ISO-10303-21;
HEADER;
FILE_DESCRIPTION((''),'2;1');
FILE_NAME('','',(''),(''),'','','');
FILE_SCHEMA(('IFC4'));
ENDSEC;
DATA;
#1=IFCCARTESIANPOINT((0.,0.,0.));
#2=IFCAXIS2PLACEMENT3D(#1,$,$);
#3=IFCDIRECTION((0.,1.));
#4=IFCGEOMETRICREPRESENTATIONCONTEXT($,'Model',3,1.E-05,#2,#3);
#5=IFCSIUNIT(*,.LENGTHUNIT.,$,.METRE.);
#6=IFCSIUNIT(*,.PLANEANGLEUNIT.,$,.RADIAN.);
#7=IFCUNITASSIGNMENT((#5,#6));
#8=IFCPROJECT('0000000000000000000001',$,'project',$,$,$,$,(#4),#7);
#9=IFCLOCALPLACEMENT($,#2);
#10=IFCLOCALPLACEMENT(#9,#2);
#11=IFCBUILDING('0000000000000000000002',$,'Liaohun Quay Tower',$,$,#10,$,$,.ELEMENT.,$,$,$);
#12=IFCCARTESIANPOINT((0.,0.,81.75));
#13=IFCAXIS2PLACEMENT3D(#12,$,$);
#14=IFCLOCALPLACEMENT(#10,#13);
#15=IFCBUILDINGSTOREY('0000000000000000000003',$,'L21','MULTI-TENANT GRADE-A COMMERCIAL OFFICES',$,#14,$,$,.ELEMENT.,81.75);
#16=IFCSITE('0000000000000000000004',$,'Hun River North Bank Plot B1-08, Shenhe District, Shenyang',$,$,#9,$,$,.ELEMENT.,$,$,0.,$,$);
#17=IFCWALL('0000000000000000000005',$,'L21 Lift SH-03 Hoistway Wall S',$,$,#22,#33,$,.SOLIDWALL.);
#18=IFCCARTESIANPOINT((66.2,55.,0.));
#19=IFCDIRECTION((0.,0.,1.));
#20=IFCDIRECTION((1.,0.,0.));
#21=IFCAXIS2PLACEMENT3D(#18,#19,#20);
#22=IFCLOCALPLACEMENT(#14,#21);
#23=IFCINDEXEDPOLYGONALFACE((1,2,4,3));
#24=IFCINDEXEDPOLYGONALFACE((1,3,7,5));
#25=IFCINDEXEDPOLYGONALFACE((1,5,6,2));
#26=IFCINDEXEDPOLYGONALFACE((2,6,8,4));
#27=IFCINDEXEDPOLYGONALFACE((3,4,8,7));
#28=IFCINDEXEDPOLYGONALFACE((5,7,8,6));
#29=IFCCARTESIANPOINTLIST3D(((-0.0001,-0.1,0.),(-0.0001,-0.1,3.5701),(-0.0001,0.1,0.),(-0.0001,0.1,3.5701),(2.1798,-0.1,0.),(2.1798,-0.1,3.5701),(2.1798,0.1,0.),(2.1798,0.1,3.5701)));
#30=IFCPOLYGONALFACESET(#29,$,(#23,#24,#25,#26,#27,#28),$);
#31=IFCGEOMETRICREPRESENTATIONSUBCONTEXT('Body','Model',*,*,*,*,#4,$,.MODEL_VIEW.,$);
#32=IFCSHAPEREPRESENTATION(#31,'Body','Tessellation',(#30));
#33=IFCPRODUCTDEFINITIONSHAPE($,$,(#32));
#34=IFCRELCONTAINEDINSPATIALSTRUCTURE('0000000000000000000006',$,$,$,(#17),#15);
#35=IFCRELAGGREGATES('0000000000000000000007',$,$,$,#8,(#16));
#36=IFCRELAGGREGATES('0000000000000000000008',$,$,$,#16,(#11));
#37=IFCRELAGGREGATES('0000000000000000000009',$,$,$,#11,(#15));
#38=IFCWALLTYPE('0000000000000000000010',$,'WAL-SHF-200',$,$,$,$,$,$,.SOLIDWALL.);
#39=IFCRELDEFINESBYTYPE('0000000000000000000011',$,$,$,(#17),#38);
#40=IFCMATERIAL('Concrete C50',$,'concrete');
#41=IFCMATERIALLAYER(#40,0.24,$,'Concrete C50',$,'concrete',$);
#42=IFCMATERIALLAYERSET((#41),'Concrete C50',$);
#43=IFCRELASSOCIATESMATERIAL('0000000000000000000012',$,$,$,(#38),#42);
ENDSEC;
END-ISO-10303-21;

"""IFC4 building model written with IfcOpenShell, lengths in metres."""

from ifc_helpers import new_model, si_unit, direction, frame, frame_2d, origin, place, context, subcontext, project, spatial, rectangle, extrude, material, layer, layer_set, type_object, element, save


model = new_model("IFC4")

# Units and contexts
model_context = context("Model", 3, precision=1e-05, world=origin(), true_north=direction((0.0, 1.0)))
body_context = subcontext(model_context, "Body", "Model", "MODEL_VIEW")
ifc_project = project(units=[si_unit("LENGTHUNIT", "METRE"), si_unit("PLANEANGLEUNIT", "RADIAN")], contexts=[model_context])

# Site, building, storey
site_placement = place(None, origin())
site = spatial("IfcSite", under=ifc_project, at=site_placement, Name="Hun River North Bank Plot B1-08, Shenhe District, Shenyang", CompositionType="ELEMENT", RefElevation=0.0)
building_placement = place(site_placement, origin())
building = spatial("IfcBuilding", under=site, at=building_placement, Name="Liaohun Quay Tower", CompositionType="ELEMENT")
storey_placement = place(building_placement, frame((0.0, 0.0, 81.75)))
storey = spatial("IfcBuildingStorey", under=building, at=storey_placement, Name="L21", Description="MULTI-TENANT GRADE-A COMMERCIAL OFFICES", CompositionType="ELEMENT", Elevation=81.75)

# Shared definitions
ifc_material_1 = material(Name="Concrete C50", Category="concrete")
ifc_layer_1 = layer(ifc_material_1, 0.24, Name="Concrete C50", Category="concrete")
ifc_layer_set_1 = layer_set([ifc_layer_1], Name="Concrete C50")
wall_type_1 = type_object("IfcWallType", Name="WAL-SHF-200", PredefinedType="SOLIDWALL", material=ifc_layer_set_1)

# Wall
wall_1_placement = place(storey_placement, frame((66.2, 55.0, 0.0), z_axis=(0.0, 0.0, 1.0), x_axis=(1.0, 0.0, 0.0)))
element("IfcWall", 1, at=wall_1_placement, inside=storey, type_object=wall_type_1, Name="L21 Lift SH-03 Hoistway Wall S", PredefinedType="SOLIDWALL", context=body_context, shape_type="SweptSolid", body=[
    extrude(rectangle(XDim=2.1799, YDim=0.2, at=frame_2d((1.0898, 0.0))), origin(), (0.0, 0.0, 1.0), 3.5701),
])

save(model, "model.ifc")
